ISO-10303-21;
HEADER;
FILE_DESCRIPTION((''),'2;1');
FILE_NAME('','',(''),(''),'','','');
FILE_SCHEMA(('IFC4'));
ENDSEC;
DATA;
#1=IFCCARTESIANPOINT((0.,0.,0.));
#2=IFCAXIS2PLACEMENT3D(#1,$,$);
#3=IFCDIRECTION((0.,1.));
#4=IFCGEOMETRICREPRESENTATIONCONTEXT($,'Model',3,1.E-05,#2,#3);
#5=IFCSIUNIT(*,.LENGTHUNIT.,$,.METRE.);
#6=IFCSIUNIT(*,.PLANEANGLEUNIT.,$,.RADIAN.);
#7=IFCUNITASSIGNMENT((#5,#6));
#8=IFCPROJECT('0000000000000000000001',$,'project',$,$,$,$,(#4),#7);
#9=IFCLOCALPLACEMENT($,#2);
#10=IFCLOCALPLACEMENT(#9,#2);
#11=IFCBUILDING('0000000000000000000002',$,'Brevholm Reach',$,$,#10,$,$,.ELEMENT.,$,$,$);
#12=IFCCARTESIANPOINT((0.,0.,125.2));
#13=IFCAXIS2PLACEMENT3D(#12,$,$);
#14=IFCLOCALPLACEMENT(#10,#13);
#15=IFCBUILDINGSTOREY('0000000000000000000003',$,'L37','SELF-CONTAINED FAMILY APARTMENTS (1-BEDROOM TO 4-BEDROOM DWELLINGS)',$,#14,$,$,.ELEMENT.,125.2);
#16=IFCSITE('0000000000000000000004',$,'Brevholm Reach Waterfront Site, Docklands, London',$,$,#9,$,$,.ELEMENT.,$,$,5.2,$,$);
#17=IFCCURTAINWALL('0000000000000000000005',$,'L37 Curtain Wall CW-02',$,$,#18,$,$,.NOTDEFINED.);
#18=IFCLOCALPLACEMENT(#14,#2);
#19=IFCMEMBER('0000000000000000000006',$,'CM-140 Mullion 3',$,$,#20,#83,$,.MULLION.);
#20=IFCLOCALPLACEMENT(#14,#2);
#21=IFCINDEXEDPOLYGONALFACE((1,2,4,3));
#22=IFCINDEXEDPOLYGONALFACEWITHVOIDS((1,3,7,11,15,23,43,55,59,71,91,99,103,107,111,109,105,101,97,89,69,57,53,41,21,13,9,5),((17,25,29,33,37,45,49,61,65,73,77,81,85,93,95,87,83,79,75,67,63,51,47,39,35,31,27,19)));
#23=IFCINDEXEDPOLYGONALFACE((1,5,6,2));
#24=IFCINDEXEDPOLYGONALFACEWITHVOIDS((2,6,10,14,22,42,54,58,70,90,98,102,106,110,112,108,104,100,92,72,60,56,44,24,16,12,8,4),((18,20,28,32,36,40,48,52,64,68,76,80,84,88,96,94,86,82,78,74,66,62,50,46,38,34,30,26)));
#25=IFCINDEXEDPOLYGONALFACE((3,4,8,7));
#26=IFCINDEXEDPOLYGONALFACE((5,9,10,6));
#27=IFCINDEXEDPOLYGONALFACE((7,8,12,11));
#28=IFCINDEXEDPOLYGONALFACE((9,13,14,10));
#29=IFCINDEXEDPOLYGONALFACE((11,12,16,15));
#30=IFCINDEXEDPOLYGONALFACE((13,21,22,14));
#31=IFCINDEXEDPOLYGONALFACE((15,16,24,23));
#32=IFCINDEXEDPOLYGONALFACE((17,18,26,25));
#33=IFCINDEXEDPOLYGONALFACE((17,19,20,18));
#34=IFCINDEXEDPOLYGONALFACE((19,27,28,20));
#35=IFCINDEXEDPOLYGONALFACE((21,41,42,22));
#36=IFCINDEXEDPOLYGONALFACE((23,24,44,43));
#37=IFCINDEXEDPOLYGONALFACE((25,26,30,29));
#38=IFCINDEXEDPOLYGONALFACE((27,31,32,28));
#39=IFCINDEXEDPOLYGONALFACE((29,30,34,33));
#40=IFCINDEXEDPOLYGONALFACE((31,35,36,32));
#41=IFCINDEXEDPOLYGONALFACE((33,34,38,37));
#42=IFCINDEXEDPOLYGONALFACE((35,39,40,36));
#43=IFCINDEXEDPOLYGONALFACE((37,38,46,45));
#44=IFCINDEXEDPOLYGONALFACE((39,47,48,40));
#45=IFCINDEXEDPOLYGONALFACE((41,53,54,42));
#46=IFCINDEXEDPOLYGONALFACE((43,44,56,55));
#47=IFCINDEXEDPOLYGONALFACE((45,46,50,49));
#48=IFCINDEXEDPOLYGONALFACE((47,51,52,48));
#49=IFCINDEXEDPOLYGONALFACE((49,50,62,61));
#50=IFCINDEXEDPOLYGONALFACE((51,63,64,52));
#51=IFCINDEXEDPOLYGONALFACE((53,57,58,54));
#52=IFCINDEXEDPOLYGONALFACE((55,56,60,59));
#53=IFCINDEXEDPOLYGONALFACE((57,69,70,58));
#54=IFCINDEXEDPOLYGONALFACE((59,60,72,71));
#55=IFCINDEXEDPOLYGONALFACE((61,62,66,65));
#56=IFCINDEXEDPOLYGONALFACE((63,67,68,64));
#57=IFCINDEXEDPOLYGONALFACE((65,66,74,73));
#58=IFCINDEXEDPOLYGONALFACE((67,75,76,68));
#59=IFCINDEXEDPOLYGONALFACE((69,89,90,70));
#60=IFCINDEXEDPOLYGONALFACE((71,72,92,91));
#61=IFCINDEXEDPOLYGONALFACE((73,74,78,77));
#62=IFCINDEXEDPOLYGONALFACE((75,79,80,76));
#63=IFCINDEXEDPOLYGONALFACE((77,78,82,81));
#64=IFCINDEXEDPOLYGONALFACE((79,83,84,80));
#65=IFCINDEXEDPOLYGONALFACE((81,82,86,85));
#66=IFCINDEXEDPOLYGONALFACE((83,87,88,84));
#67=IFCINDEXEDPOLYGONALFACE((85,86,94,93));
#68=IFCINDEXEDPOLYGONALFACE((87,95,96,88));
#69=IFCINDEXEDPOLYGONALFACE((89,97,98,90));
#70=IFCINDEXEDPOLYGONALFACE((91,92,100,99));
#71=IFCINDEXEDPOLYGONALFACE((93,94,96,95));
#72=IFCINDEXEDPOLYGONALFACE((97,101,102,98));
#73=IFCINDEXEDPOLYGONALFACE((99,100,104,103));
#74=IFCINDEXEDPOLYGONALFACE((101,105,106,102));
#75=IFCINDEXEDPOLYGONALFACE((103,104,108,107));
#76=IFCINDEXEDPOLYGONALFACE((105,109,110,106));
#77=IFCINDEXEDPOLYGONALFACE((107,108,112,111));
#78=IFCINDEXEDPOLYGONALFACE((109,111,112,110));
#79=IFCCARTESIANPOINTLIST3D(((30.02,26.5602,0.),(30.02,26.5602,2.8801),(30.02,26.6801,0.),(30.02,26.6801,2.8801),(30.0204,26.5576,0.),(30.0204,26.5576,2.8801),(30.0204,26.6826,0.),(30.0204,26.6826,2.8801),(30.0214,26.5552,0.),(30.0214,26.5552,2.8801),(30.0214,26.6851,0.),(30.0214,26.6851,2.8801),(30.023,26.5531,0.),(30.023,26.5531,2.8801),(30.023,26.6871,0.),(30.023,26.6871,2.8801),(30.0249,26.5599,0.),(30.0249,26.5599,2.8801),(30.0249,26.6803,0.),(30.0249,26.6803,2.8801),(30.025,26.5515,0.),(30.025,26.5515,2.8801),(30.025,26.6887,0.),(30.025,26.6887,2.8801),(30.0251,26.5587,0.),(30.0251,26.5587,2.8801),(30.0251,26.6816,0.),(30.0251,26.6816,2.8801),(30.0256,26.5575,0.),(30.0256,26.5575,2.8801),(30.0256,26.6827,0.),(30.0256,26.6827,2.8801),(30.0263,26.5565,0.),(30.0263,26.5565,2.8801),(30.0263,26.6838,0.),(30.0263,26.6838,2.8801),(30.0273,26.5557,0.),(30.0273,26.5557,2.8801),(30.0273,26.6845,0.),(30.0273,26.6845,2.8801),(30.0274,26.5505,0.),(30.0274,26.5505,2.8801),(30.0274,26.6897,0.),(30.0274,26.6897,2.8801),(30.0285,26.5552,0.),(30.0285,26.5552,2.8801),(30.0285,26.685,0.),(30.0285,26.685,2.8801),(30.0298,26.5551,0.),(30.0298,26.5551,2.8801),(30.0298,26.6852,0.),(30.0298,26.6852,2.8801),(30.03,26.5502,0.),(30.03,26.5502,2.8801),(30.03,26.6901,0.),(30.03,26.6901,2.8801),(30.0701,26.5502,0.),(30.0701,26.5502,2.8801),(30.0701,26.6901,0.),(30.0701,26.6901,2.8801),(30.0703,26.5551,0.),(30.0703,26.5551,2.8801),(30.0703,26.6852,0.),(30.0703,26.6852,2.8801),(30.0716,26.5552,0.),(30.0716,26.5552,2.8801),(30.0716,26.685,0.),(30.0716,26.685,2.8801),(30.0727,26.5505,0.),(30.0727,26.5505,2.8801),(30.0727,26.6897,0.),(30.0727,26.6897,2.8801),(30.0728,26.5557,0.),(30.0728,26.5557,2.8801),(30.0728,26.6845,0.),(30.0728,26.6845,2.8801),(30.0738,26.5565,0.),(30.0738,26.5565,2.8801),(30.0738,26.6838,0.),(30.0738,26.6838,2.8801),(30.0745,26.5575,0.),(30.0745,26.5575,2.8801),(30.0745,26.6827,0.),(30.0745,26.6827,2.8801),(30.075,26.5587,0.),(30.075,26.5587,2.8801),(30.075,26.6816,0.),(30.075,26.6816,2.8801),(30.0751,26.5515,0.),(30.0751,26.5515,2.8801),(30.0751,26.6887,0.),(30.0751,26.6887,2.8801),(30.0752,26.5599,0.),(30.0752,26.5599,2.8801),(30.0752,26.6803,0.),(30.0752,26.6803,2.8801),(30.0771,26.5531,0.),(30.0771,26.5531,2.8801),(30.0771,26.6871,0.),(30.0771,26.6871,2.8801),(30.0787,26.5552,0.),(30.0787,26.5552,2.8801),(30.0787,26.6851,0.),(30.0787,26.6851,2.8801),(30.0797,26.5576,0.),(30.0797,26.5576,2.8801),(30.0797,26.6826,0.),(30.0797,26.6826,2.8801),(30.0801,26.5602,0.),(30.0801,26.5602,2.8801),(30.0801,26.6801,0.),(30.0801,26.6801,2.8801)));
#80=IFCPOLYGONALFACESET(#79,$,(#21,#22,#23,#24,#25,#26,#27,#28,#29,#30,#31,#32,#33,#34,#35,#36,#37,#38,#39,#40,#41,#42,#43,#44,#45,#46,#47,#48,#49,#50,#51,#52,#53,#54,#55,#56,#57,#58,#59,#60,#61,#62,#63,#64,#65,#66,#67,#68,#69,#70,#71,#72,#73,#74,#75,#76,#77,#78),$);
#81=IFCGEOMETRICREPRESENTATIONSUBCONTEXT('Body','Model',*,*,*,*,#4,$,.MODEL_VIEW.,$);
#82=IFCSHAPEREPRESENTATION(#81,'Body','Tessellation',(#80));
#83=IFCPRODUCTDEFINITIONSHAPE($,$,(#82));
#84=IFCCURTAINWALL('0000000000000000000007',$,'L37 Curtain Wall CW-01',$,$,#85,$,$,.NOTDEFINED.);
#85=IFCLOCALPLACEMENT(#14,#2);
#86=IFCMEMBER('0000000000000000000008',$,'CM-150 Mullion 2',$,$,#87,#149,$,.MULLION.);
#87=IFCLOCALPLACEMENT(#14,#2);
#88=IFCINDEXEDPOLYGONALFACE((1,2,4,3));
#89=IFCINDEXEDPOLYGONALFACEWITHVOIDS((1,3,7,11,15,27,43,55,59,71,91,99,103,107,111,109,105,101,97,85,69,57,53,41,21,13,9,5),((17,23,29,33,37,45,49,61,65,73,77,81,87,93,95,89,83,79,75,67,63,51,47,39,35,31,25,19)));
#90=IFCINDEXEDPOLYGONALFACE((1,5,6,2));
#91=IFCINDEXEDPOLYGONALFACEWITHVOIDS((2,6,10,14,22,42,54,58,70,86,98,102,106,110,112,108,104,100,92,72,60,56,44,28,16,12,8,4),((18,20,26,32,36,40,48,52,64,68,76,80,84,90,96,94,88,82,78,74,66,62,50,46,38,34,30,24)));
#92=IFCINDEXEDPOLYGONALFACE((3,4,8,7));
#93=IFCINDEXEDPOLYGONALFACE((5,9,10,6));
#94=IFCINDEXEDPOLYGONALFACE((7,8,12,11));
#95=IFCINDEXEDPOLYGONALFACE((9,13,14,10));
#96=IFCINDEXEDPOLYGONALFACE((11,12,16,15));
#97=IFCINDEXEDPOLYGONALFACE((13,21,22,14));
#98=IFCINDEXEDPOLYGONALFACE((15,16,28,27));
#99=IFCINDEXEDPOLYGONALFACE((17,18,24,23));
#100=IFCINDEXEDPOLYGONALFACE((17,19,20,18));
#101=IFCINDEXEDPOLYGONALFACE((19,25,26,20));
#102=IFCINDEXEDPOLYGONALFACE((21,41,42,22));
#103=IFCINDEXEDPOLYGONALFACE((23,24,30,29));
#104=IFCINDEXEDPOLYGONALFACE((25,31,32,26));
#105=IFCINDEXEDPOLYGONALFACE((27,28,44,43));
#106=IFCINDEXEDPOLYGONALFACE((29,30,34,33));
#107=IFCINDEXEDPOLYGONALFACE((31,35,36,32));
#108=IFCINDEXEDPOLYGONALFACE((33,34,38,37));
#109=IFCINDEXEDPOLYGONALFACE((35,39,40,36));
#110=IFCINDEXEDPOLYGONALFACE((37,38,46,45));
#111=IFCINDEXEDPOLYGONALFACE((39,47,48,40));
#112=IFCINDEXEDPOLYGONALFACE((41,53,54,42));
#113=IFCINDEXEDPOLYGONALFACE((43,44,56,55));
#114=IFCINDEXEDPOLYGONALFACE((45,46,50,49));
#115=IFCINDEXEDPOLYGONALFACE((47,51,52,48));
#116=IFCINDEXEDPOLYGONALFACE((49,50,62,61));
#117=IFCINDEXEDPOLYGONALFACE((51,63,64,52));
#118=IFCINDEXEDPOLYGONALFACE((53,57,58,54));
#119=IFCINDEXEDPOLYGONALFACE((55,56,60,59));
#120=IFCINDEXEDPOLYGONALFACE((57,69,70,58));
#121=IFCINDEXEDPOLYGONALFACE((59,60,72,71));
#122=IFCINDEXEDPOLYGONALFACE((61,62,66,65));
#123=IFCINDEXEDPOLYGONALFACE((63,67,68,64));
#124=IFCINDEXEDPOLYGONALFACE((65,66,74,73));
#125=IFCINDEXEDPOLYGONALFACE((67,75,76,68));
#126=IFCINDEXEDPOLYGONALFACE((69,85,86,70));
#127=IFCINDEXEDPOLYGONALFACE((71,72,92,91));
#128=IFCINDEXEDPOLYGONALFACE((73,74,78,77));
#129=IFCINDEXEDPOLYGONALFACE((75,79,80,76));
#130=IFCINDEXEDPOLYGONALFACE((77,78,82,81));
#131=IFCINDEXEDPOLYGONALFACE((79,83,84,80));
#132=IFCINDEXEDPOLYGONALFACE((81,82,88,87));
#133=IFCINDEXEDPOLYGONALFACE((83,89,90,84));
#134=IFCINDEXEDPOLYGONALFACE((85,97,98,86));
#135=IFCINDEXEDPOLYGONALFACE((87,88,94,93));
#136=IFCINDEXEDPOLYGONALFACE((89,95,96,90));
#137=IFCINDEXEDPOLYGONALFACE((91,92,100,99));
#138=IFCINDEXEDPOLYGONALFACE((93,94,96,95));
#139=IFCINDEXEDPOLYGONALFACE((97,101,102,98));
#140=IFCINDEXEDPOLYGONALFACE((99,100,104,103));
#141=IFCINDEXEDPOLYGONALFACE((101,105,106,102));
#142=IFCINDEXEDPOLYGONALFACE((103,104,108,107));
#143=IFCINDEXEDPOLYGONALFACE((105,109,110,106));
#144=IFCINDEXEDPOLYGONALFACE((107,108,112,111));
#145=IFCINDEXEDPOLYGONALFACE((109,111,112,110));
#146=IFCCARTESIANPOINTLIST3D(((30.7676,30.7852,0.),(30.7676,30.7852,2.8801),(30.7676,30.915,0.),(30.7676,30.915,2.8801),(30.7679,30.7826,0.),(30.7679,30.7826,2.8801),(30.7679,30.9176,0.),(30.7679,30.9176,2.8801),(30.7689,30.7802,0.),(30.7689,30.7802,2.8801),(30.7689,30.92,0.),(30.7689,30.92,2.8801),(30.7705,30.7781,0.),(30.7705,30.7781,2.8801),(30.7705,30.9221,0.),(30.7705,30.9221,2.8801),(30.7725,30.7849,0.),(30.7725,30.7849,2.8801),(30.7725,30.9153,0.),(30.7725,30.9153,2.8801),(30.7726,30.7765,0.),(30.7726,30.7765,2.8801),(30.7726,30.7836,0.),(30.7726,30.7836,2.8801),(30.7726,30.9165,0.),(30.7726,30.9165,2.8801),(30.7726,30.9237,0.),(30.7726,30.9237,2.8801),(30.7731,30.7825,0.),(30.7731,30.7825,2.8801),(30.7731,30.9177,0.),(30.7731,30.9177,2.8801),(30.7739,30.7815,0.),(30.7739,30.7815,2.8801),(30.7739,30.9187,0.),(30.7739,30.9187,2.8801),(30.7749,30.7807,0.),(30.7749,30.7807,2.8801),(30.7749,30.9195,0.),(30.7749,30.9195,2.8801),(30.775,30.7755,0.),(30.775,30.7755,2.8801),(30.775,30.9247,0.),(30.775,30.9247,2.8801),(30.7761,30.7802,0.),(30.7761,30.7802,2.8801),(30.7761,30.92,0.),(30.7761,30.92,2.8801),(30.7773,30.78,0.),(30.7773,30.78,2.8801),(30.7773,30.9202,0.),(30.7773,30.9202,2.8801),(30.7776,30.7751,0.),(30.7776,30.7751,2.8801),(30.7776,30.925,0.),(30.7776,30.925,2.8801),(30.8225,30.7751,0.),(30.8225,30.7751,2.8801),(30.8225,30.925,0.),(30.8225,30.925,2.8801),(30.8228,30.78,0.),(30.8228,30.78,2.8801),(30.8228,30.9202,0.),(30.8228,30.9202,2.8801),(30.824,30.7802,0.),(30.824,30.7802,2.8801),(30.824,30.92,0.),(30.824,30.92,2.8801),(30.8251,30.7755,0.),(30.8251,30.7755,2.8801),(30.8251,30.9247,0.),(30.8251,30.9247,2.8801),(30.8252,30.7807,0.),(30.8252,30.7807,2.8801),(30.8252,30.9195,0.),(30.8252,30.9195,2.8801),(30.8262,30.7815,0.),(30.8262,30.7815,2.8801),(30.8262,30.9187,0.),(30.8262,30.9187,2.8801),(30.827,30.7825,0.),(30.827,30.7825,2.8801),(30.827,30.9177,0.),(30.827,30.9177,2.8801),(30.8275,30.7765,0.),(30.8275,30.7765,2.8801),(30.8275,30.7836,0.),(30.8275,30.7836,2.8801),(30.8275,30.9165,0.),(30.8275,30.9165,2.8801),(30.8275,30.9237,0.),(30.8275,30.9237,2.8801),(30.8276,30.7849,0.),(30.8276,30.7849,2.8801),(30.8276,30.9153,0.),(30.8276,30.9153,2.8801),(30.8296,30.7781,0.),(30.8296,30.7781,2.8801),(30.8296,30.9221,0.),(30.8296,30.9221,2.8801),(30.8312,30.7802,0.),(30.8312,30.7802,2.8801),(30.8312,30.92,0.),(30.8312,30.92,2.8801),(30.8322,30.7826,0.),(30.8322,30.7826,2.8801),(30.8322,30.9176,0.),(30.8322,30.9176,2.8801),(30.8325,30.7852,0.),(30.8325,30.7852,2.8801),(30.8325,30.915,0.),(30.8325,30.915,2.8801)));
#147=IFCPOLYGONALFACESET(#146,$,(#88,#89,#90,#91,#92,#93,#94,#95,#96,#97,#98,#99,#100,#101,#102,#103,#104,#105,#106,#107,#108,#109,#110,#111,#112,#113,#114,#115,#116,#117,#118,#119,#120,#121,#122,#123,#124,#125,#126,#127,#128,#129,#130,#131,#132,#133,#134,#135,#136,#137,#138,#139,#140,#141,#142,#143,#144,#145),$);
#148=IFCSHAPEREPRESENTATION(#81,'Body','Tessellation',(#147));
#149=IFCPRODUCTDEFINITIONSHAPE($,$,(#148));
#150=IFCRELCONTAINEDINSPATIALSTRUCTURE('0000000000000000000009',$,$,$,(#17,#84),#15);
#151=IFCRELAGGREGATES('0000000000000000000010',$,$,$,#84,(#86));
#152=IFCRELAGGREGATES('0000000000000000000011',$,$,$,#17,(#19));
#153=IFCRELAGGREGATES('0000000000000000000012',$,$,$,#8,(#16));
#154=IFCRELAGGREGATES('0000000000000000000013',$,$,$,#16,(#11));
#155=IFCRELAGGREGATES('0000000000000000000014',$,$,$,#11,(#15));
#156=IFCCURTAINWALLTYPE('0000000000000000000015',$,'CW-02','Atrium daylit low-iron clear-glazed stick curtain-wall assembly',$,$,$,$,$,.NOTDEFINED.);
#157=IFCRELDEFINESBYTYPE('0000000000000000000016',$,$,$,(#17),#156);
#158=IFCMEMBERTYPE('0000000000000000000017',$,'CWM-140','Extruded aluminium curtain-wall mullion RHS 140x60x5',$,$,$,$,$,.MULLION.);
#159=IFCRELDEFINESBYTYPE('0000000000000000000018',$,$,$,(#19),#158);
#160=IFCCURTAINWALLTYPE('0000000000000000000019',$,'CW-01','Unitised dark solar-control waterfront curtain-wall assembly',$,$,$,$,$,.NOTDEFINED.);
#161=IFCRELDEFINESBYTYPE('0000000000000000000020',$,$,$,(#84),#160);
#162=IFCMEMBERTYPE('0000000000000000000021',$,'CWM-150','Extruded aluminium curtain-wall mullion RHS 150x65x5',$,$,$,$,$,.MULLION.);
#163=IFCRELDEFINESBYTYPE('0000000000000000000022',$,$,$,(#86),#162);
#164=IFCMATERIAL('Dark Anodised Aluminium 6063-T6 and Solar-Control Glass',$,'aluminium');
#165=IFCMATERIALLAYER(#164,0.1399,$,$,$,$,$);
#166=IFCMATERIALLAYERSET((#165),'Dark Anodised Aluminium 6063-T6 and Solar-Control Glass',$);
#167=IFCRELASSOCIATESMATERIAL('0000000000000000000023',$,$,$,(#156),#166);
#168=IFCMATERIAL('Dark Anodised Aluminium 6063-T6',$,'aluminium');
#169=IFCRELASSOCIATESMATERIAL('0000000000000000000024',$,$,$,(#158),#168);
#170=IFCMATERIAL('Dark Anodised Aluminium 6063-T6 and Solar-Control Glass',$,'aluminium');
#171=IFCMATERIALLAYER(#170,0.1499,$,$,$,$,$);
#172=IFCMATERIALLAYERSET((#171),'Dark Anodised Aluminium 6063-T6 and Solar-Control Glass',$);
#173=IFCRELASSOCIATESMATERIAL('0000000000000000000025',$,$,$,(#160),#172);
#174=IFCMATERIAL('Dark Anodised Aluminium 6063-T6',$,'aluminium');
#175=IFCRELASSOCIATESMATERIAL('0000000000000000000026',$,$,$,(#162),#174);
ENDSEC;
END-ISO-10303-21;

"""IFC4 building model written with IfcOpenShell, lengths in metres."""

from ifc_helpers import new_model, si_unit, direction, frame, origin, origin_2d, place, context, subcontext, project, spatial, hollow_rectangle, extrude, material, layer, layer_set, material_profile, profile_set, type_object, element, aggregate, save


model = new_model("IFC4")

# Units and contexts
model_context = context("Model", 3, precision=1e-05, world=origin(), true_north=direction((0.0, 1.0)))
body_context = subcontext(model_context, "Body", "Model", "MODEL_VIEW")
ifc_project = project(units=[si_unit("LENGTHUNIT", "METRE"), si_unit("PLANEANGLEUNIT", "RADIAN")], contexts=[model_context])

# Site, building, storey
site_placement = place(None, origin())
site = spatial("IfcSite", under=ifc_project, at=site_placement, Name="Brevholm Reach Waterfront Site, Docklands, London", CompositionType="ELEMENT", RefElevation=5.2)
building_placement = place(site_placement, origin())
building = spatial("IfcBuilding", under=site, at=building_placement, Name="Brevholm Reach", CompositionType="ELEMENT")
storey_placement = place(building_placement, frame((0.0, 0.0, 125.2)))
storey = spatial("IfcBuildingStorey", under=building, at=storey_placement, Name="L37", Description="SELF-CONTAINED FAMILY APARTMENTS (1-BEDROOM TO 4-BEDROOM DWELLINGS)", CompositionType="ELEMENT", Elevation=125.2)

# Curtain walls, members
ifc_material_1 = material(Name="Dark Anodised Aluminium 6063-T6 and Solar-Control Glass", Category="aluminium")
ifc_layer_1 = layer(ifc_material_1, 0.1399)
ifc_layer_set_1 = layer_set([ifc_layer_1], Name="Dark Anodised Aluminium 6063-T6 and Solar-Control Glass")
curtain_wall_type_1 = type_object("IfcCurtainWallType", Name="CW-02", Description="Atrium daylit low-iron clear-glazed stick curtain-wall assembly", PredefinedType="NOTDEFINED", material=ifc_layer_set_1)
curtain_wall_1_placement = place(storey_placement, origin())
curtain_wall_1 = element("IfcCurtainWall", 1, at=curtain_wall_1_placement, inside=storey, type_object=curtain_wall_type_1, Name="L37 Curtain Wall CW-02", PredefinedType="NOTDEFINED")
ifc_material_2 = material(Name="Dark Anodised Aluminium 6063-T6", Category="aluminium")
ifc_material_profile_1 = material_profile(ifc_material_2, hollow_rectangle(XDim=0.0601, YDim=0.1399, WallThickness=0.0049, InnerFilletRadius=0.0049, OuterFilletRadius=0.01, at=origin_2d()), Name="RHS 140x60x5")
ifc_profile_set_1 = profile_set([ifc_material_profile_1], Name="Dark Anodised Aluminium 6063-T6")
member_type_1 = type_object("IfcMemberType", Name="CWM-140", Description="Extruded aluminium curtain-wall mullion RHS 140x60x5", PredefinedType="MULLION", material=ifc_profile_set_1)
member_1_placement = place(storey_placement, frame((30.05, 26.6201, 0.0), z_axis=(0.0, 0.0, 1.0), x_axis=(-1.0, 0.0, 0.0)))
member_1 = element("IfcMember", 2, at=member_1_placement, type_object=member_type_1, Name="CM-140 Mullion 3", PredefinedType="MULLION", context=body_context, shape_type="SweptSolid", body=[
    extrude(hollow_rectangle(XDim=0.0601, YDim=0.1399, WallThickness=0.0049, InnerFilletRadius=0.0049, OuterFilletRadius=0.01, at=origin_2d()), origin(), (0.0, 0.0, 1.0), 2.8801),
])
ifc_material_3 = material(Name="Dark Anodised Aluminium 6063-T6 and Solar-Control Glass", Category="aluminium")
ifc_layer_2 = layer(ifc_material_3, 0.1499)
ifc_layer_set_2 = layer_set([ifc_layer_2], Name="Dark Anodised Aluminium 6063-T6 and Solar-Control Glass")
curtain_wall_type_2 = type_object("IfcCurtainWallType", Name="CW-01", Description="Unitised dark solar-control waterfront curtain-wall assembly", PredefinedType="NOTDEFINED", material=ifc_layer_set_2)
curtain_wall_2_placement = place(storey_placement, origin())
curtain_wall_2 = element("IfcCurtainWall", 3, at=curtain_wall_2_placement, inside=storey, type_object=curtain_wall_type_2, Name="L37 Curtain Wall CW-01", PredefinedType="NOTDEFINED")
ifc_material_4 = material(Name="Dark Anodised Aluminium 6063-T6", Category="aluminium")
ifc_material_profile_2 = material_profile(ifc_material_4, hollow_rectangle(XDim=0.0649, YDim=0.1499, WallThickness=0.0049, InnerFilletRadius=0.0049, OuterFilletRadius=0.01, at=origin_2d()), Name="RHS 150x65x5")
ifc_profile_set_2 = profile_set([ifc_material_profile_2], Name="Dark Anodised Aluminium 6063-T6")
member_type_2 = type_object("IfcMemberType", Name="CWM-150", Description="Extruded aluminium curtain-wall mullion RHS 150x65x5", PredefinedType="MULLION", material=ifc_profile_set_2)
member_2_placement = place(storey_placement, frame((30.8, 30.8501, 0.0), z_axis=(0.0, 0.0, 1.0), x_axis=(1.0, 0.0, 0.0)))
member_2 = element("IfcMember", 4, at=member_2_placement, type_object=member_type_2, Name="CM-150 Mullion 2", PredefinedType="MULLION", context=body_context, shape_type="SweptSolid", body=[
    extrude(hollow_rectangle(XDim=0.0649, YDim=0.1499, WallThickness=0.0049, InnerFilletRadius=0.0049, OuterFilletRadius=0.01, at=origin_2d()), origin(), (0.0, 0.0, 1.0), 2.8801),
])

aggregate(curtain_wall_2, [member_2])
aggregate(curtain_wall_1, [member_1])

save(model, "model.ifc")
